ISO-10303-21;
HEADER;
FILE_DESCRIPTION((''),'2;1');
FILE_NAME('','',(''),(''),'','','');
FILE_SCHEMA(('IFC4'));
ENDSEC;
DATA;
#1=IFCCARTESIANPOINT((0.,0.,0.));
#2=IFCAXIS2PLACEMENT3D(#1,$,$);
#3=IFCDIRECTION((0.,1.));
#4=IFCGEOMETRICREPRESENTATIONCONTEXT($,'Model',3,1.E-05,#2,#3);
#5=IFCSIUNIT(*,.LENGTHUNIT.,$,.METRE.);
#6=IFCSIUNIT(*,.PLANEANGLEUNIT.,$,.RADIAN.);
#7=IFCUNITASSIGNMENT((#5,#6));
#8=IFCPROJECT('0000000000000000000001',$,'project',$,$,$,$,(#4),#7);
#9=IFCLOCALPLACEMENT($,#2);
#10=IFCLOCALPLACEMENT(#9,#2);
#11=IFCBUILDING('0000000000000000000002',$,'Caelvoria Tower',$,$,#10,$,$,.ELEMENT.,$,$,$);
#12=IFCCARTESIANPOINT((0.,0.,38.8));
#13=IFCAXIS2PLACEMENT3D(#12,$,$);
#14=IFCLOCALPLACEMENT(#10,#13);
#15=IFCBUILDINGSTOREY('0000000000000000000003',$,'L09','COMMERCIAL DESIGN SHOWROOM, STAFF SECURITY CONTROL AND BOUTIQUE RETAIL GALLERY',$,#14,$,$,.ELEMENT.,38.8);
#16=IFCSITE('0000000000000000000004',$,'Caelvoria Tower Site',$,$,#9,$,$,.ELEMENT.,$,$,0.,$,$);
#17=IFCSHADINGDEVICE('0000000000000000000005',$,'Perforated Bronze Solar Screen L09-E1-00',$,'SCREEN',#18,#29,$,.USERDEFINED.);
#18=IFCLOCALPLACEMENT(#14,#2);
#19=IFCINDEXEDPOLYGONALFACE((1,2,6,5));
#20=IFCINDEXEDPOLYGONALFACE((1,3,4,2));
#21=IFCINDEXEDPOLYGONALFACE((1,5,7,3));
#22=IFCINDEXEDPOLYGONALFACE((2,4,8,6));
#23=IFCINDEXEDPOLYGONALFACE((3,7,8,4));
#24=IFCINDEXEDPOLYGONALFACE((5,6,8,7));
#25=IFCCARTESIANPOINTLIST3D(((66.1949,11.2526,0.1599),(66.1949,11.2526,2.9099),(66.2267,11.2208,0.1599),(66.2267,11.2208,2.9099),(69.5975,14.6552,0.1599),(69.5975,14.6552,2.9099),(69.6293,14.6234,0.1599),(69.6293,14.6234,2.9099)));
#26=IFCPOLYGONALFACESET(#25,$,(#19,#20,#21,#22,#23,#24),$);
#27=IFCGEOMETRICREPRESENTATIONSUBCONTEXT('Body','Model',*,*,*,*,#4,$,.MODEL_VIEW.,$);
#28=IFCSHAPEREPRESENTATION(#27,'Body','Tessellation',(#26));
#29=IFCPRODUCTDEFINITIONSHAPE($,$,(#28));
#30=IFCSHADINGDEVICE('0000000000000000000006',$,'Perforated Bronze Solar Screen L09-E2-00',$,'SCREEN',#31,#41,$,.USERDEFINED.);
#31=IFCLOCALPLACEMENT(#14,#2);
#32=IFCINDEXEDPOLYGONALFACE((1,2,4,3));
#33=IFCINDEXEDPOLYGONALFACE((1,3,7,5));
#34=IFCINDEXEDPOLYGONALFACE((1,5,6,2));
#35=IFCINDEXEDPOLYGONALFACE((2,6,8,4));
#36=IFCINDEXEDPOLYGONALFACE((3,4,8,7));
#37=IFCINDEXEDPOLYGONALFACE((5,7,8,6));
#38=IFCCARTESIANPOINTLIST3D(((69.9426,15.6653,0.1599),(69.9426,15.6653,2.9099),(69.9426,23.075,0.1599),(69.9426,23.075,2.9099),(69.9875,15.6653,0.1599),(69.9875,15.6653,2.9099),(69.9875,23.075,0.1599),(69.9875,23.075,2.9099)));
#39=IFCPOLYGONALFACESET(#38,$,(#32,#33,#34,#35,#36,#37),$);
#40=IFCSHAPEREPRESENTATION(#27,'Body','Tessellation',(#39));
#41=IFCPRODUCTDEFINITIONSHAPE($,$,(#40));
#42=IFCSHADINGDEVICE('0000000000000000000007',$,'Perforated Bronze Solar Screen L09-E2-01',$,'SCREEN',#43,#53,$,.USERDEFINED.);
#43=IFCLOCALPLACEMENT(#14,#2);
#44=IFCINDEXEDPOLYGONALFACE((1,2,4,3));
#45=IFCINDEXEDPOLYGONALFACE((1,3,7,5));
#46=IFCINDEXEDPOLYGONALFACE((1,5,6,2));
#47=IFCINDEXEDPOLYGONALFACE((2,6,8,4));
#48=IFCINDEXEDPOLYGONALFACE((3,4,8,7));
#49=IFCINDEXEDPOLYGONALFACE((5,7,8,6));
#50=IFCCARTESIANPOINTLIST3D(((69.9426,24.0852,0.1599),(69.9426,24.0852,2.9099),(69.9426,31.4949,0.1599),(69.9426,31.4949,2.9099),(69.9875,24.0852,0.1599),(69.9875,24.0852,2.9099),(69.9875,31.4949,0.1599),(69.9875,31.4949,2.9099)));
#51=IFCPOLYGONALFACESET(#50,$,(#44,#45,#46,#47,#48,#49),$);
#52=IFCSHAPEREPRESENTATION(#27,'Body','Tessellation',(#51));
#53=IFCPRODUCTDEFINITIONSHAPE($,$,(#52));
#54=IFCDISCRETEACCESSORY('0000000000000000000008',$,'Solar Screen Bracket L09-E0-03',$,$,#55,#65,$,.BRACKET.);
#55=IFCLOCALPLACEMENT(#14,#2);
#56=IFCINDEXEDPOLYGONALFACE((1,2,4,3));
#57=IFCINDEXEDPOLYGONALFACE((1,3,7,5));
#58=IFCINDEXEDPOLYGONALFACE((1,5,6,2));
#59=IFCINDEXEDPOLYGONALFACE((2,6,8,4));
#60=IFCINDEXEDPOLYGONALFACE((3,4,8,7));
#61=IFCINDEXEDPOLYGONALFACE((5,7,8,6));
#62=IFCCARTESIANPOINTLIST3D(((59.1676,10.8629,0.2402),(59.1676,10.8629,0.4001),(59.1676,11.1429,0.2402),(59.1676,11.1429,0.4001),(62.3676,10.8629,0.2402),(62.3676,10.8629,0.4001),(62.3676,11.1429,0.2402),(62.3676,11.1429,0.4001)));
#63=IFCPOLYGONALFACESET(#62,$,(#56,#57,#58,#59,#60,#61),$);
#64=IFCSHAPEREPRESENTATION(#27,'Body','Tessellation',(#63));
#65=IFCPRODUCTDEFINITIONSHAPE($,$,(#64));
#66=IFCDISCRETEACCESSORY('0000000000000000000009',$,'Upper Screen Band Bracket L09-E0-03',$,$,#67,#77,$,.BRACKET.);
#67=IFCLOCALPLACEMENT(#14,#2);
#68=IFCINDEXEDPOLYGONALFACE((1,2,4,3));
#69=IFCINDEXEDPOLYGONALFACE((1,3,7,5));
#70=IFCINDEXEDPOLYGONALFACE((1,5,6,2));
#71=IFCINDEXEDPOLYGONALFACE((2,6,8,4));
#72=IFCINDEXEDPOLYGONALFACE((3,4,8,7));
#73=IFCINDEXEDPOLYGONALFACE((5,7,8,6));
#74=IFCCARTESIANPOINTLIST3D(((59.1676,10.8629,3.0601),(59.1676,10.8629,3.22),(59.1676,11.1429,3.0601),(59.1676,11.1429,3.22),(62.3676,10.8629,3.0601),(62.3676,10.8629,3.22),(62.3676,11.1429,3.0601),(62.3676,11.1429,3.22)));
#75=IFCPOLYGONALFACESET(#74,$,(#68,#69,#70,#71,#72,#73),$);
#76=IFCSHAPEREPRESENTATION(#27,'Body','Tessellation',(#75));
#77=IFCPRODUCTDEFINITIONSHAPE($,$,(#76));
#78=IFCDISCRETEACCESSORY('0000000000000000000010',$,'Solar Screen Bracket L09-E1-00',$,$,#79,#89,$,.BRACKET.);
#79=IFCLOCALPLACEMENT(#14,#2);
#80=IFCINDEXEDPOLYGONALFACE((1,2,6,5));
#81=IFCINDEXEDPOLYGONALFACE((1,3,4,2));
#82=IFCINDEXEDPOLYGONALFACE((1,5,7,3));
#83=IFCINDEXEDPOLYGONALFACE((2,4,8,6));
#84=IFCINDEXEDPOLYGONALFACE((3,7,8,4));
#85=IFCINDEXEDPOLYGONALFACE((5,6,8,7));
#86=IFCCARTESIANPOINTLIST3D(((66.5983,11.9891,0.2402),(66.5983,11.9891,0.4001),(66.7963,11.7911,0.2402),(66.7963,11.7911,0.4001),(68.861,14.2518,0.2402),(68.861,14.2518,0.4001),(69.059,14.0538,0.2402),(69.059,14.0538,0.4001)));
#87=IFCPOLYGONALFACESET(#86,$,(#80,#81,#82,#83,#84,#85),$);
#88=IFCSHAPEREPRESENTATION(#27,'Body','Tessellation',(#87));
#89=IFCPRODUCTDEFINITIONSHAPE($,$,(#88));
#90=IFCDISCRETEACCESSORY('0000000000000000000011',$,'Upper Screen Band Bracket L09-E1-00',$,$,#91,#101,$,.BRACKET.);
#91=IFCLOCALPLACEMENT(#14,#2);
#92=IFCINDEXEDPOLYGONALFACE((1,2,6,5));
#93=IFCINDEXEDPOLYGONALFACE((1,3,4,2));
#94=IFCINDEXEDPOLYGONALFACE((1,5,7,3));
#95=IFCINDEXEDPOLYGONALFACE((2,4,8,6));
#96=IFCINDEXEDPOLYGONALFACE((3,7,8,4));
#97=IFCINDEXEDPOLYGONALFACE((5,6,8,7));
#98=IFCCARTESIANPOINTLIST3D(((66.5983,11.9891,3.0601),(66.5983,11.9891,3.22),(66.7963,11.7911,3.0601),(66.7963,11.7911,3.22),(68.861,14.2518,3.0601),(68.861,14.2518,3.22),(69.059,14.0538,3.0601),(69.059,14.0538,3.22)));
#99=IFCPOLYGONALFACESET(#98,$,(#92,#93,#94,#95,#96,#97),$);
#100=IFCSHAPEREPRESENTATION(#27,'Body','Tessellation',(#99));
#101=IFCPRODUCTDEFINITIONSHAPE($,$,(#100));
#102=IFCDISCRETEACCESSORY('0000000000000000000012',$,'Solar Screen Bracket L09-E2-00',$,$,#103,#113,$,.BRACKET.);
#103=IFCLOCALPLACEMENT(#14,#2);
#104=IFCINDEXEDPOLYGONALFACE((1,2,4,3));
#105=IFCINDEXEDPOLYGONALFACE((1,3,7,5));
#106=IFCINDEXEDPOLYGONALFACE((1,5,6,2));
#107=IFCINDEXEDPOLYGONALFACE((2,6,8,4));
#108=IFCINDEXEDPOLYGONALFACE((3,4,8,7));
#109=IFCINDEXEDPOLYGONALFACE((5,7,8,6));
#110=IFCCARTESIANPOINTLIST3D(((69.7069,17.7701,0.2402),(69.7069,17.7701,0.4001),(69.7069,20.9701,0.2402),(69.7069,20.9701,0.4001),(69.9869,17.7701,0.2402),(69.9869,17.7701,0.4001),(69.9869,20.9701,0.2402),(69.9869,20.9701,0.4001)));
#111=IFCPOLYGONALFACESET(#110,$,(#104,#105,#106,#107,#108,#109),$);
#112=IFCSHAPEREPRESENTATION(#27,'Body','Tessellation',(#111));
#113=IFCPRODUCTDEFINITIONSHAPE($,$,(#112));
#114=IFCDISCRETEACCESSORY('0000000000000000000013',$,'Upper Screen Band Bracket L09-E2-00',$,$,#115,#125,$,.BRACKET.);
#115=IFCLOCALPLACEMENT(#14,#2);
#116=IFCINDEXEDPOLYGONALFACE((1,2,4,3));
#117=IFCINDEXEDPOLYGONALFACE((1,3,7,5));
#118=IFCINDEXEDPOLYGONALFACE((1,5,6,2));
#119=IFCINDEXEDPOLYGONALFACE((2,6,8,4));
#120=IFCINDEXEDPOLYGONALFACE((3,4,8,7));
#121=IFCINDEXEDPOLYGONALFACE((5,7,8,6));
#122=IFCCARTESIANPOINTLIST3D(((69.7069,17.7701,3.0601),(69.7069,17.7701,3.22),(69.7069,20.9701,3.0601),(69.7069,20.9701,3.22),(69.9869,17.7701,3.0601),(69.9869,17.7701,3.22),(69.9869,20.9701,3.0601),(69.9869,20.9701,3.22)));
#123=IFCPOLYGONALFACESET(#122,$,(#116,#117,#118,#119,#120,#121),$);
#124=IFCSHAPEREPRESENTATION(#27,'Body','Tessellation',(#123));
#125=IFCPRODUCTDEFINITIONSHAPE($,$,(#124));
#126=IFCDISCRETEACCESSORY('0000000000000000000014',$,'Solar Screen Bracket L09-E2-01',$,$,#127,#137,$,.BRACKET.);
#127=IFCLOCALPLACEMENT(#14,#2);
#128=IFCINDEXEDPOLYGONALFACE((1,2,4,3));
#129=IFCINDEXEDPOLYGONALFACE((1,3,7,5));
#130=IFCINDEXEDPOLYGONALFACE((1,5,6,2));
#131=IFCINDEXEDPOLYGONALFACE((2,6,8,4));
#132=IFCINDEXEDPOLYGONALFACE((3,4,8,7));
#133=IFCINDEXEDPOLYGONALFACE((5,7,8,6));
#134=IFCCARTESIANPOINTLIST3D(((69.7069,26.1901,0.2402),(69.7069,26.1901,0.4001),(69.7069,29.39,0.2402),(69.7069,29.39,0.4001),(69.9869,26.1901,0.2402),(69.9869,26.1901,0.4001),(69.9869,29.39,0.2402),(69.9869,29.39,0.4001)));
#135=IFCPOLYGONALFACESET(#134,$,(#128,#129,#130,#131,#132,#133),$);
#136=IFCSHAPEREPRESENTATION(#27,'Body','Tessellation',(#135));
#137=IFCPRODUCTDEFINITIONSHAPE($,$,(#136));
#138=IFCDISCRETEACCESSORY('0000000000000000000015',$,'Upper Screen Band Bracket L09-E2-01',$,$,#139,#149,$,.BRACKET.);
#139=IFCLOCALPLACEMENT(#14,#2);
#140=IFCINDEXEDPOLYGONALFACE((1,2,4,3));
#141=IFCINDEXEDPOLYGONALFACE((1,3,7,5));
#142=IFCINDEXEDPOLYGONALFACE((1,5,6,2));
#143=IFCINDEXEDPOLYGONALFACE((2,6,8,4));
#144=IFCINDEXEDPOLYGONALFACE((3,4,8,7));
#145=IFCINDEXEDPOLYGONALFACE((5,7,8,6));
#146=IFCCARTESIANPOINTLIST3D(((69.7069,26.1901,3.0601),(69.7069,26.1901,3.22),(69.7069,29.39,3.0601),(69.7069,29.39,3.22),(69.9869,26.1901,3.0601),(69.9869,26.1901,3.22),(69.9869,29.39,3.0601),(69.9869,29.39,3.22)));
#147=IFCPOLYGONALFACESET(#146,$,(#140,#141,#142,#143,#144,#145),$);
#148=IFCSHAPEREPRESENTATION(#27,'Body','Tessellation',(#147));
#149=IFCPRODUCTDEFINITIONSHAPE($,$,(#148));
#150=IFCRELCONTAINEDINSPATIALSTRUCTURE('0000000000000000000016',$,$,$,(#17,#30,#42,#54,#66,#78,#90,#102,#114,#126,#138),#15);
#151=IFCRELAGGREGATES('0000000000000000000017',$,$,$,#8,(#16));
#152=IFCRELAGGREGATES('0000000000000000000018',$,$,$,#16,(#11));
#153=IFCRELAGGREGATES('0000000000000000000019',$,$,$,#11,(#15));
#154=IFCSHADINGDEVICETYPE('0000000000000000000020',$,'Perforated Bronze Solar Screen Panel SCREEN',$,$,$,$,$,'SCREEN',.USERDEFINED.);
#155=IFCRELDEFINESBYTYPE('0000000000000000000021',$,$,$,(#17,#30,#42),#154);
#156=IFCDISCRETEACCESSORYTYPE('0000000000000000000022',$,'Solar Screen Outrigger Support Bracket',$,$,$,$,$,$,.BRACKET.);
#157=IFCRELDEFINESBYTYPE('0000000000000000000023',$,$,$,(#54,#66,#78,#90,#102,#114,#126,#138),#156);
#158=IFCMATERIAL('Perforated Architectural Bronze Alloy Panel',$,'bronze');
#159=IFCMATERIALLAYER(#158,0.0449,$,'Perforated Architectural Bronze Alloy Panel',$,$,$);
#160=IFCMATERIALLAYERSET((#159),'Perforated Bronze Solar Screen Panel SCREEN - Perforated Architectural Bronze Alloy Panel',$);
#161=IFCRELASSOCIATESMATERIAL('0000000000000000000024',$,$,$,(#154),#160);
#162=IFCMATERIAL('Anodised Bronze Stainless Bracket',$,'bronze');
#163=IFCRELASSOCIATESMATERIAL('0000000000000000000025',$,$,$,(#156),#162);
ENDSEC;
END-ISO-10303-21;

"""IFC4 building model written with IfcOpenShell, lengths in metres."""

from ifc_helpers import new_model, si_unit, direction, frame, origin, origin_2d, place, context, subcontext, project, spatial, rectangle, extrude, material, layer, layer_set, type_object, element, save


model = new_model("IFC4")

# Units and contexts
model_context = context("Model", 3, precision=1e-05, world=origin(), true_north=direction((0.0, 1.0)))
body_context = subcontext(model_context, "Body", "Model", "MODEL_VIEW")
ifc_project = project(units=[si_unit("LENGTHUNIT", "METRE"), si_unit("PLANEANGLEUNIT", "RADIAN")], contexts=[model_context])

# Site, building, storey
site_placement = place(None, origin())
site = spatial("IfcSite", under=ifc_project, at=site_placement, Name="Caelvoria Tower Site", CompositionType="ELEMENT", RefElevation=0.0)
building_placement = place(site_placement, origin())
building = spatial("IfcBuilding", under=site, at=building_placement, Name="Caelvoria Tower", CompositionType="ELEMENT")
storey_placement = place(building_placement, frame((0.0, 0.0, 38.8)))
storey = spatial("IfcBuildingStorey", under=building, at=storey_placement, Name="L09", Description="COMMERCIAL DESIGN SHOWROOM, STAFF SECURITY CONTROL AND BOUTIQUE RETAIL GALLERY", CompositionType="ELEMENT", Elevation=38.8)

# Shading devices
ifc_material_1 = material(Name="Perforated Architectural Bronze Alloy Panel", Category="bronze")
ifc_layer_1 = layer(ifc_material_1, 0.0449, Name="Perforated Architectural Bronze Alloy Panel")
ifc_layer_set_1 = layer_set([ifc_layer_1], Name="Perforated Bronze Solar Screen Panel SCREEN - Perforated Architectural Bronze Alloy Panel")
shading_device_type = type_object("IfcShadingDeviceType", Name="Perforated Bronze Solar Screen Panel SCREEN", ElementType="SCREEN", PredefinedType="USERDEFINED", material=ifc_layer_set_1)
shading_device_placement = place(storey_placement, frame((67.9121, 12.938, 0.1599), z_axis=(0.0, 0.0, 1.0), x_axis=(0.707107, 0.707107, 0.0)))
element("IfcShadingDevice", 1, at=shading_device_placement, inside=storey, type_object=shading_device_type, Name="Perforated Bronze Solar Screen L09-E1-00", ObjectType="SCREEN", PredefinedType="USERDEFINED", context=body_context, shape_type="SweptSolid", body=[
    extrude(rectangle(XDim=4.812, YDim=0.0449, at=origin_2d()), origin(), (0.0, 0.0, 1.0), 2.75),
])
for number, where, z_axis, x_axis, name in (
    (2, (69.9651, 19.3701, 0.1599), (0.0, 0.0, 1.0), (0.0, 1.0, 0.0), "Perforated Bronze Solar Screen L09-E2-00"),
    (3, (69.9651, 27.79, 0.1599), (0.0, 0.0, 1.0), (0.0, 1.0, 0.0), "Perforated Bronze Solar Screen L09-E2-01"),
):
    element("IfcShadingDevice", number, at=place(storey_placement, frame(where, z_axis=z_axis, x_axis=x_axis)), inside=storey, type_object=shading_device_type, Name=name, ObjectType="SCREEN", PredefinedType="USERDEFINED", context=body_context, shape_type="SweptSolid", body=[
        extrude(rectangle(XDim=7.4097, YDim=0.0449, at=origin_2d()), origin(), (0.0, 0.0, 1.0), 2.75),
    ])

# Discrete accessories
ifc_material_2 = material(Name="Anodised Bronze Stainless Bracket", Category="bronze")
discrete_accessory_type = type_object("IfcDiscreteAccessoryType", Name="Solar Screen Outrigger Support Bracket", PredefinedType="BRACKET", material=ifc_material_2)
for number, where, z_axis, x_axis, name in (
    (4, (60.7676, 11.0029, 0.2402), (0.0, 0.0, 1.0), (1.0, 0.0, 0.0), "Solar Screen Bracket L09-E0-03"),
    (5, (60.7676, 11.0029, 3.0601), (0.0, 0.0, 1.0), (1.0, 0.0, 0.0), "Upper Screen Band Bracket L09-E0-03"),
    (6, (67.8286, 13.0215, 0.2402), (0.0, 0.0, 1.0), (0.707107, 0.707107, 0.0), "Solar Screen Bracket L09-E1-00"),
    (7, (67.8286, 13.0215, 3.0601), (0.0, 0.0, 1.0), (0.707107, 0.707107, 0.0), "Upper Screen Band Bracket L09-E1-00"),
    (8, (69.8469, 19.3701, 0.2402), (0.0, 0.0, 1.0), (0.0, 1.0, 0.0), "Solar Screen Bracket L09-E2-00"),
    (9, (69.8469, 19.3701, 3.0601), (0.0, 0.0, 1.0), (0.0, 1.0, 0.0), "Upper Screen Band Bracket L09-E2-00"),
    (10, (69.8469, 27.79, 0.2402), (0.0, 0.0, 1.0), (0.0, 1.0, 0.0), "Solar Screen Bracket L09-E2-01"),
    (11, (69.8469, 27.79, 3.0601), (0.0, 0.0, 1.0), (0.0, 1.0, 0.0), "Upper Screen Band Bracket L09-E2-01"),
):
    element("IfcDiscreteAccessory", number, at=place(storey_placement, frame(where, z_axis=z_axis, x_axis=x_axis)), inside=storey, type_object=discrete_accessory_type, Name=name, PredefinedType="BRACKET", context=body_context, shape_type="SweptSolid", body=[
        extrude(rectangle(XDim=3.2, YDim=0.28, at=origin_2d()), origin(), (0.0, 0.0, 1.0), 0.1599),
    ])

save(model, "model.ifc")
